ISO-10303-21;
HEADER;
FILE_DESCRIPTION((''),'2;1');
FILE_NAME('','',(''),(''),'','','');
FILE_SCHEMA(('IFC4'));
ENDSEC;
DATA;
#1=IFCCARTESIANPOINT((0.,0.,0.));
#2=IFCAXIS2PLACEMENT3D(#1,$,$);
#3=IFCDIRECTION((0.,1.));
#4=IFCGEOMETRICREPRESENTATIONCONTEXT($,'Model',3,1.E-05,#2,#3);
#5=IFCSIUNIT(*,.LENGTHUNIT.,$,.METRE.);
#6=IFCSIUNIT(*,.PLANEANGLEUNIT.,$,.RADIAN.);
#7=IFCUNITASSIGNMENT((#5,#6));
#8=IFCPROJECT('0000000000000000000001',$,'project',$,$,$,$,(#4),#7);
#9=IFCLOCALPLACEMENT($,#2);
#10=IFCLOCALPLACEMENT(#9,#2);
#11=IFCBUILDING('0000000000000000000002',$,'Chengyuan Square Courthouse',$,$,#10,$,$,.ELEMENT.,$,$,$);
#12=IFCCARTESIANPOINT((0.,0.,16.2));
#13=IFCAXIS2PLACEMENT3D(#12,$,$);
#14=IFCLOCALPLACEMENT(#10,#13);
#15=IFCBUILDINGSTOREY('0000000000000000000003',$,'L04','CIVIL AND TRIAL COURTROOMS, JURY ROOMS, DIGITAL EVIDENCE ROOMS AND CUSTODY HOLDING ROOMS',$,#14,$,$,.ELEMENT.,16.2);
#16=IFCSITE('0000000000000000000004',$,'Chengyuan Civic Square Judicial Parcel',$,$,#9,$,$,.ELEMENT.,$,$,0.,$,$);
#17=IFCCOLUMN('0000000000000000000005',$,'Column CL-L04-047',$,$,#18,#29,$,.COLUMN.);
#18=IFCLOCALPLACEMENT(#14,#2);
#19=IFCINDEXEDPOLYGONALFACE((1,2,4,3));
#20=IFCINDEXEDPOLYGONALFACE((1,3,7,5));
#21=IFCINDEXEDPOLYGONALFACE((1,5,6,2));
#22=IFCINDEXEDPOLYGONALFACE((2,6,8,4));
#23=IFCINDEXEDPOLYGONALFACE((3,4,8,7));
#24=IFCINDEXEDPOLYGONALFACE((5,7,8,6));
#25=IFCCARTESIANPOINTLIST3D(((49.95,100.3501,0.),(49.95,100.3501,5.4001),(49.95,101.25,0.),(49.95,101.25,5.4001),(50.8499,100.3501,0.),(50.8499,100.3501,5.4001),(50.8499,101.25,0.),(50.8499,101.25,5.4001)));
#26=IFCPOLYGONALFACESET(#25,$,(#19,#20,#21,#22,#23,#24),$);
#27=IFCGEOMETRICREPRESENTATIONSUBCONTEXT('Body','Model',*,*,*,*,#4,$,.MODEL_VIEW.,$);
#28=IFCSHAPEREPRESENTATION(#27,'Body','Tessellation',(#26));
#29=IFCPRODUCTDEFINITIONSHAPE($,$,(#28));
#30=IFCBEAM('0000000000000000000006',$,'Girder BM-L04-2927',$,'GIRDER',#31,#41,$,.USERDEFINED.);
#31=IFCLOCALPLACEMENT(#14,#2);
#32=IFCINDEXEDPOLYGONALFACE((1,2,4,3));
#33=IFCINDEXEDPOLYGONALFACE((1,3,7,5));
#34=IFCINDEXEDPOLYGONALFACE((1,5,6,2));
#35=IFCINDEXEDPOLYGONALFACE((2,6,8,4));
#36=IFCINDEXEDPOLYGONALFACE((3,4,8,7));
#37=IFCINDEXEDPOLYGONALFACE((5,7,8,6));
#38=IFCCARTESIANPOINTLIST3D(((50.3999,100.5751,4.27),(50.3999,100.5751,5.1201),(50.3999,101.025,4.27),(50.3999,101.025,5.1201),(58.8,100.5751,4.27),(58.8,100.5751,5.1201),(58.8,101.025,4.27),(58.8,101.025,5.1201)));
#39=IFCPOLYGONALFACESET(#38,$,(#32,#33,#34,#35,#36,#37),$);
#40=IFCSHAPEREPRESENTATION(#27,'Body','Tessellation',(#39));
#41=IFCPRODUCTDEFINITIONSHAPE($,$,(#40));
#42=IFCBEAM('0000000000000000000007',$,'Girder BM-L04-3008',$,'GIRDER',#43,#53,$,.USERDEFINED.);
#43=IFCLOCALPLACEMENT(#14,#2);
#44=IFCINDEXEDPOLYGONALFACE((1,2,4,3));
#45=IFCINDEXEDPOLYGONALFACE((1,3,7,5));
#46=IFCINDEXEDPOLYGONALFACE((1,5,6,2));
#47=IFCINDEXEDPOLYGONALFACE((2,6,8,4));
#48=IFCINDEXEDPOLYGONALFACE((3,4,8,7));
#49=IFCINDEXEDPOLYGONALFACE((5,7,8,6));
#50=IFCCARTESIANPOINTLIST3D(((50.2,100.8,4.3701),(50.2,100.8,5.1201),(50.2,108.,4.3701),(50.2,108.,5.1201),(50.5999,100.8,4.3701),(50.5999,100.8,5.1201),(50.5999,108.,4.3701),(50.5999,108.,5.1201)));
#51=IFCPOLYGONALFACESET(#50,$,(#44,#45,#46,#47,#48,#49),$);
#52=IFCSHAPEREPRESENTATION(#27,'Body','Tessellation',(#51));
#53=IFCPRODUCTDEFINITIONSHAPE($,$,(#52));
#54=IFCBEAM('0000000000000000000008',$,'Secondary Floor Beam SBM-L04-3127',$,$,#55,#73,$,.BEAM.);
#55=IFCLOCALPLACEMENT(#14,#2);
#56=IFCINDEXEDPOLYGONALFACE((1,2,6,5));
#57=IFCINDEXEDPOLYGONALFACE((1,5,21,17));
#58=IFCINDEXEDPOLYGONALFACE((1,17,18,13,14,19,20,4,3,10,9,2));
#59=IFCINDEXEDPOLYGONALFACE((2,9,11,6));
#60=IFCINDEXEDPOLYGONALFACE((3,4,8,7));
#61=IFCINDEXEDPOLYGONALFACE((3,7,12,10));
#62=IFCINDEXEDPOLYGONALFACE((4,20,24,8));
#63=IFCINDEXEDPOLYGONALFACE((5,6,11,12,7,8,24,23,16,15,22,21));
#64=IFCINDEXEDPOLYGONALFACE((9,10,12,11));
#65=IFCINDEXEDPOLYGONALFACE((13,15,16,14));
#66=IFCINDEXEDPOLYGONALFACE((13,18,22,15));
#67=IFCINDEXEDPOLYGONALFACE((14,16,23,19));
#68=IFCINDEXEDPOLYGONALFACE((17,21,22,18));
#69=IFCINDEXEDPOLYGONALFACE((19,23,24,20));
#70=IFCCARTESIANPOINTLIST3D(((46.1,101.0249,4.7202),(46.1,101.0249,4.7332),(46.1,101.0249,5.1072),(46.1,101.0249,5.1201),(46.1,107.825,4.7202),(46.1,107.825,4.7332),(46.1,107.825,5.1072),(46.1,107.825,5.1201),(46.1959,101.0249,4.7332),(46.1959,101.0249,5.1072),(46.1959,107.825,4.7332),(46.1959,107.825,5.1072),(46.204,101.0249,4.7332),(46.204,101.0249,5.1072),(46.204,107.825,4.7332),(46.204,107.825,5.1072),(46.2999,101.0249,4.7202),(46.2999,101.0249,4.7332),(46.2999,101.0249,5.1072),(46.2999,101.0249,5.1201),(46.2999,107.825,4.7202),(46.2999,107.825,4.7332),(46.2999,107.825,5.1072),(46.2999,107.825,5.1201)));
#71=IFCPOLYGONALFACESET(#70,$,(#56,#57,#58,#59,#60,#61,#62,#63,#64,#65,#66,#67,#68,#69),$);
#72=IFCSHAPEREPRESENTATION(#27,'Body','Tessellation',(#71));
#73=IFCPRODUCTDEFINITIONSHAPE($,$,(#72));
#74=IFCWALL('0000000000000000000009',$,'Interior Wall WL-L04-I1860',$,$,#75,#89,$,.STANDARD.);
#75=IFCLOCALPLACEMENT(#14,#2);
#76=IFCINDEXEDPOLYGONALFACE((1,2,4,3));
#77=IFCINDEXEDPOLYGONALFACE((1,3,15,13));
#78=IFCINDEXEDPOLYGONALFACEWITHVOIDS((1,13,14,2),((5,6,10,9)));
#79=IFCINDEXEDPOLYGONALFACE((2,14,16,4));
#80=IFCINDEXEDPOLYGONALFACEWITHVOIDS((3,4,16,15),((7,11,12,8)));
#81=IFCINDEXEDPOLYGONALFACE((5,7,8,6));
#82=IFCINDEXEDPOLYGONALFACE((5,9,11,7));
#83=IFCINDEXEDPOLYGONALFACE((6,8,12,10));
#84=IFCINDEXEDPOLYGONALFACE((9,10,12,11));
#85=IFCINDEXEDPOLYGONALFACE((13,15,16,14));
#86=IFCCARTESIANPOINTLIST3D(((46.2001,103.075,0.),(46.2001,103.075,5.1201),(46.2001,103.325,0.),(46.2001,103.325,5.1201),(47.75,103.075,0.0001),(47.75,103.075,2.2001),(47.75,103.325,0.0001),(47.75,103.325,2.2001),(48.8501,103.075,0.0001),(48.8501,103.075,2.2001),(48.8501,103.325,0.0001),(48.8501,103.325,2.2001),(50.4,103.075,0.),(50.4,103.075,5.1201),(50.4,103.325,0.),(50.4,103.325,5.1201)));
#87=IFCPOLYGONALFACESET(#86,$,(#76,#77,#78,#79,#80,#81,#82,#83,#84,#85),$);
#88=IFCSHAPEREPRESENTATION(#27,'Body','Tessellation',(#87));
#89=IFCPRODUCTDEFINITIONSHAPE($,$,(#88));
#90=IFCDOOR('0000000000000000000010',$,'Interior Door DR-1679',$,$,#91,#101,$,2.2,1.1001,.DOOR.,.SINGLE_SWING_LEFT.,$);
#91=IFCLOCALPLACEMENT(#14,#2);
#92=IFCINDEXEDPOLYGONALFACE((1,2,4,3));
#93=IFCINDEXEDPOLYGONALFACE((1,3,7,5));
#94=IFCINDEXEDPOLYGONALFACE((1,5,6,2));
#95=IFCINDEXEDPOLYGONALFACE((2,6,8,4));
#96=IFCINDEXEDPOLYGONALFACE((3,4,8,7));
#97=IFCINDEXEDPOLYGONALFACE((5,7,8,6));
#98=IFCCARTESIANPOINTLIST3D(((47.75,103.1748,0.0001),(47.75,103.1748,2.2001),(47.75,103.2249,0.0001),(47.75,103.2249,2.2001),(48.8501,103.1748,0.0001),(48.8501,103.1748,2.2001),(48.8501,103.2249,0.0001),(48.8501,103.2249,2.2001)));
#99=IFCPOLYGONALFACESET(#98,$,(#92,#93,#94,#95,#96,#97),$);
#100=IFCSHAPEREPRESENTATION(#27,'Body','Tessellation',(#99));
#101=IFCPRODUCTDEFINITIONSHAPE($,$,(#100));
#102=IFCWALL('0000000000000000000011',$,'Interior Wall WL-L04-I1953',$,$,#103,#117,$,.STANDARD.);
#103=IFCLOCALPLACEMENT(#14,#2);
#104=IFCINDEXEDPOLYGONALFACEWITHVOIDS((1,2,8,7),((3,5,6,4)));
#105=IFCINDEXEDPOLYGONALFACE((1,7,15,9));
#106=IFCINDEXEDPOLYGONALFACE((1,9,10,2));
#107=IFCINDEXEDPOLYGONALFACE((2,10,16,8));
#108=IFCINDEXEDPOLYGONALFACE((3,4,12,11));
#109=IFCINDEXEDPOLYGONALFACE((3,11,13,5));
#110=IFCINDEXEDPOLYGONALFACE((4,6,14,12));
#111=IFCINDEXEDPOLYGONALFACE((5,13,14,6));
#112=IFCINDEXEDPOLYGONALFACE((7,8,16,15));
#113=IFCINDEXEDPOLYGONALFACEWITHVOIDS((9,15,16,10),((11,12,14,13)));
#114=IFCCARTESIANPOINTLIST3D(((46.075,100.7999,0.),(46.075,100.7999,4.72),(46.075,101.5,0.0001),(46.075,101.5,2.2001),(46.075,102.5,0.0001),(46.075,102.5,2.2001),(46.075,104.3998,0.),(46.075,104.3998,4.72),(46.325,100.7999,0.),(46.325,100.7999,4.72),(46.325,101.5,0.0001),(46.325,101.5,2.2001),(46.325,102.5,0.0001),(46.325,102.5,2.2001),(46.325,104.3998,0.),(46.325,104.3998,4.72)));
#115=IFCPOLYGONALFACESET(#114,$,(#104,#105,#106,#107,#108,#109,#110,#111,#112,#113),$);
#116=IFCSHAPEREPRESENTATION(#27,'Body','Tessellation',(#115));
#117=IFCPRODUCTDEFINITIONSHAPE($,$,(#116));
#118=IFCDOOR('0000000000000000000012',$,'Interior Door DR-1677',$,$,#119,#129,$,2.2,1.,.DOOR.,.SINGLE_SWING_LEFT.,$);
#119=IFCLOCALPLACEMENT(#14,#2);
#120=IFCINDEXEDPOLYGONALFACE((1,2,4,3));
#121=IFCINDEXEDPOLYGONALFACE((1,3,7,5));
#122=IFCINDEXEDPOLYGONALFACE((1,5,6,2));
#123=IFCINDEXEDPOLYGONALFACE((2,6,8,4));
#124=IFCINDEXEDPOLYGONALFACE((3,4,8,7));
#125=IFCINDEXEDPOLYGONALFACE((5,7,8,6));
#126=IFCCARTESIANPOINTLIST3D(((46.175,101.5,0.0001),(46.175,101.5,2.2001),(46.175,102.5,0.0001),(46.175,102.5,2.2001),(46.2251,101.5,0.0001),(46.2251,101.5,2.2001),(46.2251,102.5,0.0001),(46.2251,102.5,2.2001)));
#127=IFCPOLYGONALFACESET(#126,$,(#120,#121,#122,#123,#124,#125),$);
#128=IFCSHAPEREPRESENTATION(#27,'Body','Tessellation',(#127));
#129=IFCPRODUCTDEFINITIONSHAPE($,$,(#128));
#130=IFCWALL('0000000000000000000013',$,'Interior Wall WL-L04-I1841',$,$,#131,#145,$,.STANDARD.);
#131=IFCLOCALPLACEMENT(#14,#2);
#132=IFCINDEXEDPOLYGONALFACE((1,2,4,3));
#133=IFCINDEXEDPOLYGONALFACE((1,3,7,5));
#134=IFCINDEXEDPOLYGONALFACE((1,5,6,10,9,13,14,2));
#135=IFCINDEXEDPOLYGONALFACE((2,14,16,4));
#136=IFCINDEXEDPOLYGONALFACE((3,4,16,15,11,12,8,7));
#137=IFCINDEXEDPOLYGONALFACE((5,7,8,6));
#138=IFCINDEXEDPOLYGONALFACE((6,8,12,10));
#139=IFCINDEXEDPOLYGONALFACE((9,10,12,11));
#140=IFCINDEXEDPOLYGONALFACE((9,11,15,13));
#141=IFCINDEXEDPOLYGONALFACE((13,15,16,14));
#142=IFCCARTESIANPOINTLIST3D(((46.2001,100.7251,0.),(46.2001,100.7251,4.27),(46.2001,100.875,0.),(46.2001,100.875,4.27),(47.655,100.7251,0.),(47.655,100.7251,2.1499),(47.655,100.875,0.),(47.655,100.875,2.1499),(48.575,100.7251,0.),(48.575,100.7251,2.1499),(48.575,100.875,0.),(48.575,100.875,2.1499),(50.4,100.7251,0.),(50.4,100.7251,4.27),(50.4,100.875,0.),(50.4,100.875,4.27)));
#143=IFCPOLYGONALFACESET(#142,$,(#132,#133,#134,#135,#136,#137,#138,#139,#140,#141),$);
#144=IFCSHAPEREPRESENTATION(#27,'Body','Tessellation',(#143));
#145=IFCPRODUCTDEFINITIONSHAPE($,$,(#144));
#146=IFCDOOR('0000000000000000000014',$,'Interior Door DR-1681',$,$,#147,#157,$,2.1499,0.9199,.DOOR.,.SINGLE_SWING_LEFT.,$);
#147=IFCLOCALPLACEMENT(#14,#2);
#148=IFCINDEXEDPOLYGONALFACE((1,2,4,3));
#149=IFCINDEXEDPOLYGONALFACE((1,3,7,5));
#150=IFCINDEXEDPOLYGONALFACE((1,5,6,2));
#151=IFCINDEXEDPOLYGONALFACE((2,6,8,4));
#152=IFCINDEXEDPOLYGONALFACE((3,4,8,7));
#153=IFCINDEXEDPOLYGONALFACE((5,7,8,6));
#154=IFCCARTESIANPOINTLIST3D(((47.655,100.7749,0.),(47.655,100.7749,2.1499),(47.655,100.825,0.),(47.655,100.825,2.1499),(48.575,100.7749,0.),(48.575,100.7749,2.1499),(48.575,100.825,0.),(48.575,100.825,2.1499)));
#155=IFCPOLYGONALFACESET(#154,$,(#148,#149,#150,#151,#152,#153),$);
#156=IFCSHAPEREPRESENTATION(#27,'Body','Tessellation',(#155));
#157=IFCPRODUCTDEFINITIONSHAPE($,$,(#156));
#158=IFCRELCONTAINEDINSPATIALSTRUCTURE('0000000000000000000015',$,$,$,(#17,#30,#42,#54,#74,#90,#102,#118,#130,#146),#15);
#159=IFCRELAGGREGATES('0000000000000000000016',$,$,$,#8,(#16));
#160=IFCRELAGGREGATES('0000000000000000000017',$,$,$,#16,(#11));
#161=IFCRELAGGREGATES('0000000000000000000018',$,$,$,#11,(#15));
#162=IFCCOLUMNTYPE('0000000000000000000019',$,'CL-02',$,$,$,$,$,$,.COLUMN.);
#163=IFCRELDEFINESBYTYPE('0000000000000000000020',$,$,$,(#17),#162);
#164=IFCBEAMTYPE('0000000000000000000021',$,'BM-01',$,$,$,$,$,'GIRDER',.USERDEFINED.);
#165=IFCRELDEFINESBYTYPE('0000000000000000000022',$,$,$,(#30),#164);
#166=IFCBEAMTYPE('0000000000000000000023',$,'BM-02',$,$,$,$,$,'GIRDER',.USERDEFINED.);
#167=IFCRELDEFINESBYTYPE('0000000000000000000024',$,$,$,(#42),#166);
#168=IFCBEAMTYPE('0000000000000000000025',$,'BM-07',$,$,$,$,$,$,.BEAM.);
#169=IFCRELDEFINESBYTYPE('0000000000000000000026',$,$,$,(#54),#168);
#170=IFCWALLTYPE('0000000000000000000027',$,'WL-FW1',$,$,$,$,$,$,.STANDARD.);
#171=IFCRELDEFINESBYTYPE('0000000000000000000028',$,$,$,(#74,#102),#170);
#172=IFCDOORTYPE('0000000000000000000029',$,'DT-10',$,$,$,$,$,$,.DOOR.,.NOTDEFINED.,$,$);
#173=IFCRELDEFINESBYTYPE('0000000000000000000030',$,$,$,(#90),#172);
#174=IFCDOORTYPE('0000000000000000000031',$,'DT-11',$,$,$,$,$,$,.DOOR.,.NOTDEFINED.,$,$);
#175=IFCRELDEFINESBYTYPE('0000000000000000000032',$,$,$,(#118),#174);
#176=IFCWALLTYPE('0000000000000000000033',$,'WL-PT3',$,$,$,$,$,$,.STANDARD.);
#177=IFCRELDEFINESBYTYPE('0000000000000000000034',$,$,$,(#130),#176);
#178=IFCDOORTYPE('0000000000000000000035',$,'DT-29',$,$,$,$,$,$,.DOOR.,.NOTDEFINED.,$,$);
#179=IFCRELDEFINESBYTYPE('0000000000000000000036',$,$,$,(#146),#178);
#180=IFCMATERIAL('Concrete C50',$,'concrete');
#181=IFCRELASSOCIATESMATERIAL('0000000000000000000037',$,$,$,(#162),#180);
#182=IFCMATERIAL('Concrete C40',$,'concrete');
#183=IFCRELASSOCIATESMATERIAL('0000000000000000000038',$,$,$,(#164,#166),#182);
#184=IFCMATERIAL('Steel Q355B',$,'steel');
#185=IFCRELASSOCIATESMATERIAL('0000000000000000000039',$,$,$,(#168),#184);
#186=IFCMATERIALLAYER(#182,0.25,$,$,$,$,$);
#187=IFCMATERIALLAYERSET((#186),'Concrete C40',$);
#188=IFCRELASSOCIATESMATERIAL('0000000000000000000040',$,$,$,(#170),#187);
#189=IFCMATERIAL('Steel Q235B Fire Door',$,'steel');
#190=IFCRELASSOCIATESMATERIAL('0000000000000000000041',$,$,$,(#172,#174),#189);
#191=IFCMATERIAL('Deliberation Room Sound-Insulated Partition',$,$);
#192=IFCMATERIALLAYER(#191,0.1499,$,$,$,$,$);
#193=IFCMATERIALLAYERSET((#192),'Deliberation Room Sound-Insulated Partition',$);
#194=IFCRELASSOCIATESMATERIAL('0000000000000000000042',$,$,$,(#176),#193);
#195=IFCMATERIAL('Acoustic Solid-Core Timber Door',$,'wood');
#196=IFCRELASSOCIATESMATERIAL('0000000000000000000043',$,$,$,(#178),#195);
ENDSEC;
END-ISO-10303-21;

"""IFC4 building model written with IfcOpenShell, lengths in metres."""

from ifc_helpers import new_model, si_unit, direction, frame, frame_2d, origin, origin_2d, place, context, subcontext, project, spatial, rectangle, i_section, extrude, material, layer, layer_set, material_profile, profile_set, type_object, element, fill, save


model = new_model("IFC4")

# Units and contexts
model_context = context("Model", 3, precision=1e-05, world=origin(), true_north=direction((0.0, 1.0)))
body_context = subcontext(model_context, "Body", "Model", "MODEL_VIEW")
ifc_project = project(units=[si_unit("LENGTHUNIT", "METRE"), si_unit("PLANEANGLEUNIT", "RADIAN")], contexts=[model_context])

# Site, building, storey
site_placement = place(None, origin())
site = spatial("IfcSite", under=ifc_project, at=site_placement, Name="Chengyuan Civic Square Judicial Parcel", CompositionType="ELEMENT", RefElevation=0.0)
building_placement = place(site_placement, origin())
building = spatial("IfcBuilding", under=site, at=building_placement, Name="Chengyuan Square Courthouse", CompositionType="ELEMENT")
storey_placement = place(building_placement, frame((0.0, 0.0, 16.2)))
storey = spatial("IfcBuildingStorey", under=building, at=storey_placement, Name="L04", Description="CIVIL AND TRIAL COURTROOMS, JURY ROOMS, DIGITAL EVIDENCE ROOMS AND CUSTODY HOLDING ROOMS", CompositionType="ELEMENT", Elevation=16.2)

# Column
ifc_material_1 = material(Name="Concrete C50", Category="concrete")
ifc_material_profile_1 = material_profile(ifc_material_1, rectangle(XDim=0.8999, YDim=0.8999, at=origin_2d()), Name="RC-COL-900x900")
ifc_profile_set_1 = profile_set([ifc_material_profile_1], Name="Concrete C50")
column_type = type_object("IfcColumnType", Name="CL-02", PredefinedType="COLUMN", material=ifc_profile_set_1)
column_placement = place(storey_placement, frame((50.3999, 100.8, 0.0), z_axis=(0.0, 0.0, 1.0), x_axis=(1.0, 0.0, 0.0)))
element("IfcColumn", 1, at=column_placement, inside=storey, type_object=column_type, Name="Column CL-L04-047", PredefinedType="COLUMN", context=body_context, shape_type="SweptSolid", body=[
    extrude(rectangle(XDim=0.8999, YDim=0.8999, at=origin_2d()), origin(), (0.0, 0.0, 1.0), 5.4001),
])

# Beams
ifc_material_2 = material(Name="Concrete C40", Category="concrete")
ifc_material_profile_2 = material_profile(ifc_material_2, rectangle(XDim=0.45, YDim=0.8501, at=origin_2d()), Name="RC-BM-450x850")
ifc_profile_set_2 = profile_set([ifc_material_profile_2], Name="Concrete C40")
beam_type_1 = type_object("IfcBeamType", Name="BM-01", ElementType="GIRDER", PredefinedType="USERDEFINED", material=ifc_profile_set_2)
beam_1_placement = place(storey_placement, frame((50.3999, 100.8, 4.6951), z_axis=(1.0, 0.0, 0.0), x_axis=(0.0, 1.0, 0.0)))
element("IfcBeam", 2, at=beam_1_placement, inside=storey, type_object=beam_type_1, Name="Girder BM-L04-2927", ObjectType="GIRDER", PredefinedType="USERDEFINED", context=body_context, shape_type="SweptSolid", body=[
    extrude(rectangle(XDim=0.45, YDim=0.8501, at=origin_2d()), origin(), (0.0, 0.0, 1.0), 8.4001),
])
ifc_material_profile_3 = material_profile(ifc_material_2, rectangle(XDim=0.3999, YDim=0.75, at=origin_2d()), Name="RC-BM-400x750")
ifc_profile_set_3 = profile_set([ifc_material_profile_3], Name="Concrete C40")
beam_type_2 = type_object("IfcBeamType", Name="BM-02", ElementType="GIRDER", PredefinedType="USERDEFINED", material=ifc_profile_set_3)
beam_2_placement = place(storey_placement, frame((50.3999, 100.8, 4.7451), z_axis=(0.0, 1.0, 0.0), x_axis=(-1.0, 0.0, 0.0)))
element("IfcBeam", 3, at=beam_2_placement, inside=storey, type_object=beam_type_2, Name="Girder BM-L04-3008", ObjectType="GIRDER", PredefinedType="USERDEFINED", context=body_context, shape_type="SweptSolid", body=[
    extrude(rectangle(XDim=0.3999, YDim=0.75, at=origin_2d()), origin(), (0.0, 0.0, 1.0), 7.2),
])
ifc_material_3 = material(Name="Steel Q355B", Category="steel")
ifc_material_profile_4 = material_profile(ifc_material_3, i_section(OverallWidth=0.2, OverallDepth=0.3999, WebThickness=0.0081, FlangeThickness=0.0129, at=origin_2d()), Name="HN 400x200x8x13")
ifc_profile_set_4 = profile_set([ifc_material_profile_4], Name="Steel Q355B")
beam_type_3 = type_object("IfcBeamType", Name="BM-07", PredefinedType="BEAM", material=ifc_profile_set_4)
beam_3_placement = place(storey_placement, frame((46.2, 101.0249, 4.9202), z_axis=(0.0, 1.0, 0.0), x_axis=(-1.0, 0.0, 0.0)))
element("IfcBeam", 4, at=beam_3_placement, inside=storey, type_object=beam_type_3, Name="Secondary Floor Beam SBM-L04-3127", PredefinedType="BEAM", context=body_context, shape_type="SweptSolid", body=[
    extrude(i_section(OverallWidth=0.2, OverallDepth=0.3999, WebThickness=0.0081, FlangeThickness=0.0129, at=origin_2d()), origin(), (0.0, 0.0, 1.0), 6.8),
])

# Walls, openings, doors
ifc_layer_1 = layer(ifc_material_2, 0.25)
ifc_layer_set_1 = layer_set([ifc_layer_1], Name="Concrete C40")
wall_type_1 = type_object("IfcWallType", Name="WL-FW1", PredefinedType="STANDARD", material=ifc_layer_set_1)
ifc_material_4 = material(Name="Steel Q235B Fire Door", Category="steel")
wall_1_placement = place(storey_placement, frame((46.2, 103.2, 0.0), z_axis=(0.0, 0.0, 1.0), x_axis=(1.0, 0.0, 0.0)))
wall_1 = element("IfcWall", 5, at=wall_1_placement, inside=storey, type_object=wall_type_1, Name="Interior Wall WL-L04-I1860", PredefinedType="STANDARD", context=body_context, shape_type="SweptSolid", body=[
    extrude(rectangle(XDim=4.2, YDim=0.25, at=frame_2d((2.1001, 0.0))), origin(), (0.0, 0.0, 1.0), 5.1201),
])
opening_1_placement = place(wall_1_placement, frame((1.55, 0.0, 0.0)))
opening_1 = element("IfcOpeningElement", 6, at=opening_1_placement, cuts=wall_1, PredefinedType="OPENING", context=body_context, shape_type="SweptSolid", body=[
    extrude(rectangle(XDim=1.1001, YDim=2.2, at=frame_2d((0.55, 1.1001))), frame((0.0, 0.137, 0.0), z_axis=(0.0, -1.0, 0.0), x_axis=(1.0, 0.0, 0.0)), (0.0, 0.0, 1.0), 0.2739),
])
door_type_1 = type_object("IfcDoorType", Name="DT-10", OperationType="NOTDEFINED", PredefinedType="DOOR", material=ifc_material_4)
door_1_placement = place(opening_1_placement, origin())
door_1 = element("IfcDoor", 7, at=door_1_placement, inside=storey, type_object=door_type_1, Name="Interior Door DR-1679", OperationType="SINGLE_SWING_LEFT", OverallHeight=2.2, OverallWidth=1.1001, PredefinedType="DOOR", context=body_context, shape_type="SweptSolid", body=[
    extrude(rectangle(XDim=1.1001, YDim=2.2, at=frame_2d((0.55, 1.1001))), frame((0.0, 0.0249, 0.0), z_axis=(0.0, -1.0, 0.0), x_axis=(1.0, 0.0, 0.0)), (0.0, 0.0, 1.0), 0.05),
])
fill(opening_1, door_1)
wall_2_placement = place(storey_placement, frame((46.2, 100.8, 0.0), z_axis=(0.0, 0.0, 1.0), x_axis=(0.0, 1.0, 0.0)))
wall_2 = element("IfcWall", 8, at=wall_2_placement, inside=storey, type_object=wall_type_1, Name="Interior Wall WL-L04-I1953", PredefinedType="STANDARD", context=body_context, shape_type="SweptSolid", body=[
    extrude(rectangle(XDim=3.5999, YDim=0.25, at=frame_2d((1.7998, 0.0))), origin(), (0.0, 0.0, 1.0), 4.72),
])
opening_2_placement = place(wall_2_placement, frame((0.7, 0.0, 0.0)))
opening_2 = element("IfcOpeningElement", 9, at=opening_2_placement, cuts=wall_2, PredefinedType="OPENING", context=body_context, shape_type="SweptSolid", body=[
    extrude(rectangle(XDim=1.0, YDim=2.2, at=frame_2d((0.5, 1.1001))), frame((0.0, 0.137, 0.0), z_axis=(0.0, -1.0, 0.0), x_axis=(1.0, 0.0, 0.0)), (0.0, 0.0, 1.0), 0.2739),
])
door_type_2 = type_object("IfcDoorType", Name="DT-11", OperationType="NOTDEFINED", PredefinedType="DOOR", material=ifc_material_4)
door_2_placement = place(opening_2_placement, origin())
door_2 = element("IfcDoor", 10, at=door_2_placement, inside=storey, type_object=door_type_2, Name="Interior Door DR-1677", OperationType="SINGLE_SWING_LEFT", OverallHeight=2.2, OverallWidth=1.0, PredefinedType="DOOR", context=body_context, shape_type="SweptSolid", body=[
    extrude(rectangle(XDim=1.0, YDim=2.2, at=frame_2d((0.5, 1.1001))), frame((0.0, 0.0249, 0.0), z_axis=(0.0, -1.0, 0.0), x_axis=(1.0, 0.0, 0.0)), (0.0, 0.0, 1.0), 0.05),
])
fill(opening_2, door_2)
ifc_material_5 = material(Name="Deliberation Room Sound-Insulated Partition")
ifc_layer_2 = layer(ifc_material_5, 0.1499)
ifc_layer_set_2 = layer_set([ifc_layer_2], Name="Deliberation Room Sound-Insulated Partition")
wall_type_2 = type_object("IfcWallType", Name="WL-PT3", PredefinedType="STANDARD", material=ifc_layer_set_2)
wall_3_placement = place(storey_placement, frame((46.2, 100.8, 0.0), z_axis=(0.0, 0.0, 1.0), x_axis=(1.0, 0.0, 0.0)))
wall_3 = element("IfcWall", 11, at=wall_3_placement, inside=storey, type_object=wall_type_2, Name="Interior Wall WL-L04-I1841", PredefinedType="STANDARD", context=body_context, shape_type="SweptSolid", body=[
    extrude(rectangle(XDim=4.2, YDim=0.1499, at=frame_2d((2.1001, 0.0))), origin(), (0.0, 0.0, 1.0), 4.27),
])
opening_3_placement = place(wall_3_placement, frame((1.4551, 0.0, 0.0)))
opening_3 = element("IfcOpeningElement", 12, at=opening_3_placement, cuts=wall_3, PredefinedType="OPENING", context=body_context, shape_type="SweptSolid", body=[
    extrude(rectangle(XDim=0.9199, YDim=2.1499, at=frame_2d((0.46, 1.075))), frame((0.0, 0.0869, 0.0), z_axis=(0.0, -1.0, 0.0), x_axis=(1.0, 0.0, 0.0)), (0.0, 0.0, 1.0), 0.1738),
])
ifc_material_6 = material(Name="Acoustic Solid-Core Timber Door", Category="wood")
door_type_3 = type_object("IfcDoorType", Name="DT-29", OperationType="NOTDEFINED", PredefinedType="DOOR", material=ifc_material_6)
door_3_placement = place(opening_3_placement, origin())
door_3 = element("IfcDoor", 13, at=door_3_placement, inside=storey, type_object=door_type_3, Name="Interior Door DR-1681", OperationType="SINGLE_SWING_LEFT", OverallHeight=2.1499, OverallWidth=0.9199, PredefinedType="DOOR", context=body_context, shape_type="SweptSolid", body=[
    extrude(rectangle(XDim=0.9199, YDim=2.1499, at=frame_2d((0.46, 1.075))), frame((0.0, 0.0249, 0.0), z_axis=(0.0, -1.0, 0.0), x_axis=(1.0, 0.0, 0.0)), (0.0, 0.0, 1.0), 0.05),
])
fill(opening_3, door_3)

save(model, "model.ifc")
